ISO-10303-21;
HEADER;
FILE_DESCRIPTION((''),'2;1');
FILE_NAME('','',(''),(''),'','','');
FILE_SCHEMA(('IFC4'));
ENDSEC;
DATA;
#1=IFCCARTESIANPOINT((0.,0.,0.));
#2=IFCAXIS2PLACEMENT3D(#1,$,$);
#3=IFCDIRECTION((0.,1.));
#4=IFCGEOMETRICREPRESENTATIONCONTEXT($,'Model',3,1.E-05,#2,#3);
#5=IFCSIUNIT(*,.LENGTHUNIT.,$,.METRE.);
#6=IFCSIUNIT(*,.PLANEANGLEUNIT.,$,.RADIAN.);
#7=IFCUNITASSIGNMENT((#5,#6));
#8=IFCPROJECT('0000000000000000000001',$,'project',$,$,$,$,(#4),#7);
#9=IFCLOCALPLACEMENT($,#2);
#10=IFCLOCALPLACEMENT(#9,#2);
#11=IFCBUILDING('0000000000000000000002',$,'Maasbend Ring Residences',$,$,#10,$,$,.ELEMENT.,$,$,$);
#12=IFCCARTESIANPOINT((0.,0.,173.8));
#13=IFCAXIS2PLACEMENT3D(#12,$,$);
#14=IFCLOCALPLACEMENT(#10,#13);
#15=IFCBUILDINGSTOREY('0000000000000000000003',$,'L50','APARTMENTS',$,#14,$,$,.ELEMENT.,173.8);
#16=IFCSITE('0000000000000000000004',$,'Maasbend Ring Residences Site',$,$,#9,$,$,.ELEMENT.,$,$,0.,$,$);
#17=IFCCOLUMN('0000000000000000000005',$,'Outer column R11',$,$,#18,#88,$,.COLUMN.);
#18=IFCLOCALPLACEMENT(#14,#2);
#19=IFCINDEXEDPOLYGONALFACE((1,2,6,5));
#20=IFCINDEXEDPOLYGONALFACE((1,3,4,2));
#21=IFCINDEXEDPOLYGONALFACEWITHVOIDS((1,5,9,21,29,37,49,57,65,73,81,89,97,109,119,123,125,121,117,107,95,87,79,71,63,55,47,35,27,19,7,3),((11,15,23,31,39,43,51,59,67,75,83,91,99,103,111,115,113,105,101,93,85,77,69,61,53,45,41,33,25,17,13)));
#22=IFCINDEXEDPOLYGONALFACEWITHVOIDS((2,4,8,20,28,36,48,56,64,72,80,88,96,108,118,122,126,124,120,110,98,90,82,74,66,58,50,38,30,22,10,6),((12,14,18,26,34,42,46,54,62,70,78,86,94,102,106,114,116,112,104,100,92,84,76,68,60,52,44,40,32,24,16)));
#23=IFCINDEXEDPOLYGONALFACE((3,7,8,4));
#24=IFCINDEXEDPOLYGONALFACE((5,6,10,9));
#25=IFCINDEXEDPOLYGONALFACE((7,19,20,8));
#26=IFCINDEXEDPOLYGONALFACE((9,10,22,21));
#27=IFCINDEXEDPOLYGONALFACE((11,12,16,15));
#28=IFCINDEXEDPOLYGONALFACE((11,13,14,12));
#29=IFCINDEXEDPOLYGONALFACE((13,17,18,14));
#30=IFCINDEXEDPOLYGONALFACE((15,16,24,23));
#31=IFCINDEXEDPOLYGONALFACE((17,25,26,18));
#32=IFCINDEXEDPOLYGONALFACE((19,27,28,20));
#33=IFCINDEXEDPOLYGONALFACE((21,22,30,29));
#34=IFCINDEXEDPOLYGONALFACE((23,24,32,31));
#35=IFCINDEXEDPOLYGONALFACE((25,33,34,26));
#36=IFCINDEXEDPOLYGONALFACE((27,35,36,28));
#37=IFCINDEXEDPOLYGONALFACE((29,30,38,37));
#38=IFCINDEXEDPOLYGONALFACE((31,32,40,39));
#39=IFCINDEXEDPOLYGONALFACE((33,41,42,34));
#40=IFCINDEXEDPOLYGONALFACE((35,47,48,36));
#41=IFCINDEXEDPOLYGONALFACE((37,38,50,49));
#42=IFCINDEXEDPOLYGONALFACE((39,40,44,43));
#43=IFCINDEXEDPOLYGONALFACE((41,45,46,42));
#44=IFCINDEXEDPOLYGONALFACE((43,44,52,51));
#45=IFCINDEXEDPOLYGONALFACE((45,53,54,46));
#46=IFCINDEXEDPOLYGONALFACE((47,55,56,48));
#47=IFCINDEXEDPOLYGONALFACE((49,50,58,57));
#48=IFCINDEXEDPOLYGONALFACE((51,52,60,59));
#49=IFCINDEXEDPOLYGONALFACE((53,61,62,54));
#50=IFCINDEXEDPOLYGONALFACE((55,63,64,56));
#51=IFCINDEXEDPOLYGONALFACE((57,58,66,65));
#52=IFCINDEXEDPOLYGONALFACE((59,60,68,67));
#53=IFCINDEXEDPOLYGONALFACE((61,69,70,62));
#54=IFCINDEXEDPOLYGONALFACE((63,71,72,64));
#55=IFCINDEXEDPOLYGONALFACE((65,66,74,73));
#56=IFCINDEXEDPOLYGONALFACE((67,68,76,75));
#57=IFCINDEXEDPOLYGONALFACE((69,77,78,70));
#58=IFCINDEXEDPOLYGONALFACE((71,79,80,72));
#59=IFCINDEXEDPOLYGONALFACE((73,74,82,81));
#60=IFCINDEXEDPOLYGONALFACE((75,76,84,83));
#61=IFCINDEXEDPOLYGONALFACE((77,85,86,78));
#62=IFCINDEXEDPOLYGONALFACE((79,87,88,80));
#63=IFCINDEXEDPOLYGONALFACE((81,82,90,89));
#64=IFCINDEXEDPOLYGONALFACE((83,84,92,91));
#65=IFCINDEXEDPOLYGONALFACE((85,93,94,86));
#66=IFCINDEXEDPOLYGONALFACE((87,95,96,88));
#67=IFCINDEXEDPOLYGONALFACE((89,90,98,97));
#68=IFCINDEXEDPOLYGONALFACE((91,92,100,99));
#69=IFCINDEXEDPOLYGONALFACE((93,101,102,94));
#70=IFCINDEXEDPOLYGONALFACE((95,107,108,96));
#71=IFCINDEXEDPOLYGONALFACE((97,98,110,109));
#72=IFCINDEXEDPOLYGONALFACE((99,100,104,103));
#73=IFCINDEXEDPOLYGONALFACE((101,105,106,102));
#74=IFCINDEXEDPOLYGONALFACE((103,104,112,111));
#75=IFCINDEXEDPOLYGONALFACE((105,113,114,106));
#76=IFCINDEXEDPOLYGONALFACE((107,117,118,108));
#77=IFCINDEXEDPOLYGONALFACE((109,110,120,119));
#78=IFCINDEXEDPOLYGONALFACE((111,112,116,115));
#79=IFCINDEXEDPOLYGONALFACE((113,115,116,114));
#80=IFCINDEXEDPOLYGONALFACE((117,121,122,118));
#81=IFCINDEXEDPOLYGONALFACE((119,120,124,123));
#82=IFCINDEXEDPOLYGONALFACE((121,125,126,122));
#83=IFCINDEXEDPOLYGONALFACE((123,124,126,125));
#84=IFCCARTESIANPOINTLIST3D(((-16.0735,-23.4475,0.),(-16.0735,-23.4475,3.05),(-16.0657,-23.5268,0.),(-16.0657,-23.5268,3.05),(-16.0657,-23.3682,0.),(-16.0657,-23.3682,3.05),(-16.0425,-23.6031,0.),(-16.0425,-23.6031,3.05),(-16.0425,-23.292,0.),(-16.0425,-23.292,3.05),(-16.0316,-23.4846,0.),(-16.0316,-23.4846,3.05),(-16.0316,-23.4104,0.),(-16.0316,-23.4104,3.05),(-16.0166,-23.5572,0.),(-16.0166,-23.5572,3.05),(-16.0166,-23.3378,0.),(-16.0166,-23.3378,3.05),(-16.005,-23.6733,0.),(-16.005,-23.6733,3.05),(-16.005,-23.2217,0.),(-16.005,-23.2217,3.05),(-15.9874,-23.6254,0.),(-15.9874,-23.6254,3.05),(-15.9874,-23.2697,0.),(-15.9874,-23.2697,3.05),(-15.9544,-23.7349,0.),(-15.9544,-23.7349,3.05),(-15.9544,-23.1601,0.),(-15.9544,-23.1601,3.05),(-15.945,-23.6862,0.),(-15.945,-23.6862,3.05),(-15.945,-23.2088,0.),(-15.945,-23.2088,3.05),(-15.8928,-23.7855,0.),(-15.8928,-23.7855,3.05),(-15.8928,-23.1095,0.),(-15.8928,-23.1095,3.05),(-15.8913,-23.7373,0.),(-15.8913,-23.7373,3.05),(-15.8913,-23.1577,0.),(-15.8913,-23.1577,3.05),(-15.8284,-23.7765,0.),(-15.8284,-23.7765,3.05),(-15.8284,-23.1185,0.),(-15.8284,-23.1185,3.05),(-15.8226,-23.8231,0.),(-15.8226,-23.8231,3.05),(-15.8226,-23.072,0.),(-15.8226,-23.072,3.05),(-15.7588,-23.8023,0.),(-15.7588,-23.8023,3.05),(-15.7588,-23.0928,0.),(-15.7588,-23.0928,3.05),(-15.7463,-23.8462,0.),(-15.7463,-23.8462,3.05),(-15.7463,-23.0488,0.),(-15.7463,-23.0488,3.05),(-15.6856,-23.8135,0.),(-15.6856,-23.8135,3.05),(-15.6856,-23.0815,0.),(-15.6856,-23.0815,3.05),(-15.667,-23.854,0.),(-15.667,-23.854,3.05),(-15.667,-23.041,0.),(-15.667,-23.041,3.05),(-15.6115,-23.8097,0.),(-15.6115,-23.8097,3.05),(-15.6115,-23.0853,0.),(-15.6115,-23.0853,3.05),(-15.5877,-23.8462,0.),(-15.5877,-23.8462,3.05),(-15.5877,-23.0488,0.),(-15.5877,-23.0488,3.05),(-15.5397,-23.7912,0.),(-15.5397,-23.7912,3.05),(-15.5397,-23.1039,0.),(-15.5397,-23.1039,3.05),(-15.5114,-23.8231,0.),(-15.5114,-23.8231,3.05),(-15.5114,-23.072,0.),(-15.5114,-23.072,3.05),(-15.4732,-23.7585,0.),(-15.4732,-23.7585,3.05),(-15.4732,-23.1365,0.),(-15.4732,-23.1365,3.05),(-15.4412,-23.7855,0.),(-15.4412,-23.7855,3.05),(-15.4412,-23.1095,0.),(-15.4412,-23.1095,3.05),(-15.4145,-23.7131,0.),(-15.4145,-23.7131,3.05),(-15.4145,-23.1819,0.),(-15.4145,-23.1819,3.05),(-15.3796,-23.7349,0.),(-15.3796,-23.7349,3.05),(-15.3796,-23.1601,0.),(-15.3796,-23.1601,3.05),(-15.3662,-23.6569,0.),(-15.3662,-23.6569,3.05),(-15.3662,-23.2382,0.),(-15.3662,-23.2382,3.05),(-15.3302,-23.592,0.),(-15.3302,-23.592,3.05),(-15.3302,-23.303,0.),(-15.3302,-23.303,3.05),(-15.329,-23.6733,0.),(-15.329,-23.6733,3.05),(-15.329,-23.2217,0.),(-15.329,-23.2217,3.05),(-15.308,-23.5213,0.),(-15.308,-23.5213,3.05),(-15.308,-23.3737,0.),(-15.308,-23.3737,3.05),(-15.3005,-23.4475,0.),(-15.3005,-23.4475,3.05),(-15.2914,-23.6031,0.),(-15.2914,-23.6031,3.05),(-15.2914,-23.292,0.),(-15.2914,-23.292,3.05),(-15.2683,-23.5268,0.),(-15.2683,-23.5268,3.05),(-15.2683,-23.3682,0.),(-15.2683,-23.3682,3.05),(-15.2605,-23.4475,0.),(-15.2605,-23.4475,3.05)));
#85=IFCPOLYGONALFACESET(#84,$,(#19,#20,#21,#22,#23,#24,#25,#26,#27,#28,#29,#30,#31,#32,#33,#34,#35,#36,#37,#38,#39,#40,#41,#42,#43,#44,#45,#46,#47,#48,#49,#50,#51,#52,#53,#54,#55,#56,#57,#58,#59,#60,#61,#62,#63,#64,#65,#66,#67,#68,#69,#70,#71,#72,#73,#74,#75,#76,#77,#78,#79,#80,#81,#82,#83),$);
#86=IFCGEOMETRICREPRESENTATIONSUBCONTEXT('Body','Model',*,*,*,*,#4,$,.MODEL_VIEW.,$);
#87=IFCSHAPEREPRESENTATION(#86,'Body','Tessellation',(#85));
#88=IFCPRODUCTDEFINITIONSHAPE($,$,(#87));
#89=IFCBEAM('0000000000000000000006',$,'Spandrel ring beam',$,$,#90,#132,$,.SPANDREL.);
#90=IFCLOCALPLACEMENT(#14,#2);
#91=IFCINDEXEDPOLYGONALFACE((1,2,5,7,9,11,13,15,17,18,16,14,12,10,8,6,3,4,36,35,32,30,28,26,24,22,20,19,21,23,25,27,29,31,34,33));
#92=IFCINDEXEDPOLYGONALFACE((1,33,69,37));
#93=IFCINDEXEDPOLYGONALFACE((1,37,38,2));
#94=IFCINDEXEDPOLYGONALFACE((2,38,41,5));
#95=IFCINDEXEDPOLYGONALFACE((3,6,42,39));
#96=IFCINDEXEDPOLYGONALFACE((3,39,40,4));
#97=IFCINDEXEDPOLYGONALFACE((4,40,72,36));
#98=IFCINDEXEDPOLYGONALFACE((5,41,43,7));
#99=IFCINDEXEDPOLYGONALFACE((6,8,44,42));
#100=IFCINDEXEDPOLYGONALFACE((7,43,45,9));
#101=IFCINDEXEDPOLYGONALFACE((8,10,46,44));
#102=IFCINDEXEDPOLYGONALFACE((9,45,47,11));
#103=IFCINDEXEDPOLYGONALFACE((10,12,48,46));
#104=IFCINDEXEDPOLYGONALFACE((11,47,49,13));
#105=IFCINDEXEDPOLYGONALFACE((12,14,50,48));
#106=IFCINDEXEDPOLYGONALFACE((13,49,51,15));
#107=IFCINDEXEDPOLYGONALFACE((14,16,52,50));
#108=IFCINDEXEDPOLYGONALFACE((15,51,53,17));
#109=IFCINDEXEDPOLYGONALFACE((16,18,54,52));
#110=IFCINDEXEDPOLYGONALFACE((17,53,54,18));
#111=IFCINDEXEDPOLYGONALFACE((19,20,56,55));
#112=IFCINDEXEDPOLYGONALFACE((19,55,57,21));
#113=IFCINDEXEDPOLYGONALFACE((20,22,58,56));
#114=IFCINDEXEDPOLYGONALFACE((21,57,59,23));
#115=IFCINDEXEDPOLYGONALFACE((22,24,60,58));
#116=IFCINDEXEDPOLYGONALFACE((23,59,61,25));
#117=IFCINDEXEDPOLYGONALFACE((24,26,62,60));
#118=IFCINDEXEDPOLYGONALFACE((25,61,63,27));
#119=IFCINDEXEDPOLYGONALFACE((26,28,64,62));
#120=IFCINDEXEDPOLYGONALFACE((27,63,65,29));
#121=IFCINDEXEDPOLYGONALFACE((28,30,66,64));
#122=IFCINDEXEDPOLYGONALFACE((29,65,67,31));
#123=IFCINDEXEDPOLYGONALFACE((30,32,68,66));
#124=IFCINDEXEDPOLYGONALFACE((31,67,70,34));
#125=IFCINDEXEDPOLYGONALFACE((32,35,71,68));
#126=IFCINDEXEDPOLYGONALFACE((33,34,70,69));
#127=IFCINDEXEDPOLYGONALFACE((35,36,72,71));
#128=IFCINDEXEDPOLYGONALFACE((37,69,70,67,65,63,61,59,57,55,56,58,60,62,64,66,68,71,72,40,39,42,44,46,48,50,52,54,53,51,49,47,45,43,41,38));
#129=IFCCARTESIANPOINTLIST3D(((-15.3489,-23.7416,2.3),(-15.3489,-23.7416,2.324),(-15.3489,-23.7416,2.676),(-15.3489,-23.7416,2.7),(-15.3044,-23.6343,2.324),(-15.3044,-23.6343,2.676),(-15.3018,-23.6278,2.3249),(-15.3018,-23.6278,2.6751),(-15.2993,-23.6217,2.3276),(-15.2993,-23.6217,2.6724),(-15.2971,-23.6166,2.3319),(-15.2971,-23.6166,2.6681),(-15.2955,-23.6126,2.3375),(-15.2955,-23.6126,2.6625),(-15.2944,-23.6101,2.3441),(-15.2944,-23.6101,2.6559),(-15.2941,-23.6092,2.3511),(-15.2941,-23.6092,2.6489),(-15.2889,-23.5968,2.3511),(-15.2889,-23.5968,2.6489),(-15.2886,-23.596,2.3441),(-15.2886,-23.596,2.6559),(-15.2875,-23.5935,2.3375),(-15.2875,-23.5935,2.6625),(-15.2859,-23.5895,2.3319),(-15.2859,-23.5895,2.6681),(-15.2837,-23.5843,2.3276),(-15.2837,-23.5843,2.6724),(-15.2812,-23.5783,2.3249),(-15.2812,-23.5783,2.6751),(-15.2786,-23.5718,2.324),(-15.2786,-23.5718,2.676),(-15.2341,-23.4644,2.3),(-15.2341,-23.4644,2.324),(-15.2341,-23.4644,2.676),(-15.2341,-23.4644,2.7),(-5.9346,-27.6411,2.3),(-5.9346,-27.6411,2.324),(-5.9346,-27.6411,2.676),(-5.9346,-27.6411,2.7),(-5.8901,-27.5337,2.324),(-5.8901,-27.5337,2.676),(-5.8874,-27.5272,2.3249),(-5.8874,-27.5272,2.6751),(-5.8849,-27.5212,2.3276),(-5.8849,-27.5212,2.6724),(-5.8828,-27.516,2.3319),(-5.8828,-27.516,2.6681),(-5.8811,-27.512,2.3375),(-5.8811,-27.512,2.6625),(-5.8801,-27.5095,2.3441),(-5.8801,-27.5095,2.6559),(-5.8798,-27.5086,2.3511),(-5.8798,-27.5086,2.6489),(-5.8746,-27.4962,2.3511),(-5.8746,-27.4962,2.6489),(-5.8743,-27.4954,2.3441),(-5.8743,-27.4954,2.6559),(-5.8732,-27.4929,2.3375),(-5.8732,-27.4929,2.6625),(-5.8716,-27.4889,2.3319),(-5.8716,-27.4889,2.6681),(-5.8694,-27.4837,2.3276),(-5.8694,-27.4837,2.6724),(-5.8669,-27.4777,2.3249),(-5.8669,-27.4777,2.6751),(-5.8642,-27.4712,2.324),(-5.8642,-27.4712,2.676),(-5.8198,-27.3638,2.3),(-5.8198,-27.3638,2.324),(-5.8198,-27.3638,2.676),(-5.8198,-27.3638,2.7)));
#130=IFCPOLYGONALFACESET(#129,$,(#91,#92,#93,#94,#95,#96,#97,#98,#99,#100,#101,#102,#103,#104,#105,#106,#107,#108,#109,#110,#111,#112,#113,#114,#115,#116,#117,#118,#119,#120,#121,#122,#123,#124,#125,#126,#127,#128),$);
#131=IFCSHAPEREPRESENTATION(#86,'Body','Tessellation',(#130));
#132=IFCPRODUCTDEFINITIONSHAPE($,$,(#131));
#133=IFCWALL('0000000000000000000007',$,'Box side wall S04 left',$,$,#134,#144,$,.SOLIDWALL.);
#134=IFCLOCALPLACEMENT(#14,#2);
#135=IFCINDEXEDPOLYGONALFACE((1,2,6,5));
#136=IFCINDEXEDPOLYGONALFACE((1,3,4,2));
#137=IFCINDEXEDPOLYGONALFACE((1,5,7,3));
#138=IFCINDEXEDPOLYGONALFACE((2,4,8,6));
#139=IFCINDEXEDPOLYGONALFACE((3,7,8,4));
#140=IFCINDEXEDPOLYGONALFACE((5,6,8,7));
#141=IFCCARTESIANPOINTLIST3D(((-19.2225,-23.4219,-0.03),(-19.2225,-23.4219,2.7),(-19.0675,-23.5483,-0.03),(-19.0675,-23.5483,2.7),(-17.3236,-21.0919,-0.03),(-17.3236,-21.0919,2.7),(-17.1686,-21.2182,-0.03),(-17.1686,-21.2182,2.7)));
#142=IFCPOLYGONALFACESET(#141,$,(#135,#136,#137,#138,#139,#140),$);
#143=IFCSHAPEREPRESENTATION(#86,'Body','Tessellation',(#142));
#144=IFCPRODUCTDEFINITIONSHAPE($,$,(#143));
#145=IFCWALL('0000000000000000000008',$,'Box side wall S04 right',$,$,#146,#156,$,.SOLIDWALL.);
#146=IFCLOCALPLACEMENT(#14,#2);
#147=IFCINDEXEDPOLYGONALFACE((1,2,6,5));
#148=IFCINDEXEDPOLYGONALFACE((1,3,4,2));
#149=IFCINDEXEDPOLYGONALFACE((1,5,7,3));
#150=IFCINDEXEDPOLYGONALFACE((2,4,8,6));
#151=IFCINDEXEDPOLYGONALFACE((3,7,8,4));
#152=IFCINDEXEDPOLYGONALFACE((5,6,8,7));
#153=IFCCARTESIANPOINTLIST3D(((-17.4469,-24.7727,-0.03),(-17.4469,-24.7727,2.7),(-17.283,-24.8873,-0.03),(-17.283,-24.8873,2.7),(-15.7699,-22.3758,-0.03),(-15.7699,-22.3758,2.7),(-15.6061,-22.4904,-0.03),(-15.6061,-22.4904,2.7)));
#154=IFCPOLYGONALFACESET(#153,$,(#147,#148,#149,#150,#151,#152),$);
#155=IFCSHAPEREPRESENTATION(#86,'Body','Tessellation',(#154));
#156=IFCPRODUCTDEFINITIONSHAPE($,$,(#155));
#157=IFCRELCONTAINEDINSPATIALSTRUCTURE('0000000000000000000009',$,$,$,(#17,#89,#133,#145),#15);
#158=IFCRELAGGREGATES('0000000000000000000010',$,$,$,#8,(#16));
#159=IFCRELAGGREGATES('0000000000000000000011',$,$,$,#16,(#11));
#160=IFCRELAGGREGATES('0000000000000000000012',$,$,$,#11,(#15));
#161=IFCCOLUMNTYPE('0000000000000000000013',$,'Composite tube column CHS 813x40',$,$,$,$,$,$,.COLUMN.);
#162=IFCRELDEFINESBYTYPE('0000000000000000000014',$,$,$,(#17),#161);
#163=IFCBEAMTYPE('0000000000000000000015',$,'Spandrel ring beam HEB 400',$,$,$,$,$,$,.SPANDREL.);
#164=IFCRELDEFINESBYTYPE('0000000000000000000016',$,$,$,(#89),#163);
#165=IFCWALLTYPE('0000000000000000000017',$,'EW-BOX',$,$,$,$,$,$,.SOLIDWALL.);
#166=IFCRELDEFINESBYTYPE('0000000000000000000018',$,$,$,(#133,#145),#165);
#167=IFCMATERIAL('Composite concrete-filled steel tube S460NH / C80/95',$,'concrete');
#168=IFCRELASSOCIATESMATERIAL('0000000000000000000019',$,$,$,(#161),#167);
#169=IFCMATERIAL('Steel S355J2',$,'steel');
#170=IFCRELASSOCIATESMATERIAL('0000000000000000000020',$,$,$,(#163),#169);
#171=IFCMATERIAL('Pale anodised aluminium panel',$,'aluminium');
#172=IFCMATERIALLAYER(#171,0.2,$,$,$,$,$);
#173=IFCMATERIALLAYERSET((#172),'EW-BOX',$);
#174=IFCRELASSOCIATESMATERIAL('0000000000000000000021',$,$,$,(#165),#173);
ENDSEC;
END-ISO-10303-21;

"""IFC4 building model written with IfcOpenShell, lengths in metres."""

from ifc_helpers import new_model, si_unit, direction, frame, frame_2d, origin, origin_2d, place, context, subcontext, project, spatial, rectangle, hollow_circle, i_section, extrude, material, layer, layer_set, material_profile, profile_set, type_object, element, save


model = new_model("IFC4")

# Units and contexts
model_context = context("Model", 3, precision=1e-05, world=origin(), true_north=direction((0.0, 1.0)))
body_context = subcontext(model_context, "Body", "Model", "MODEL_VIEW")
ifc_project = project(units=[si_unit("LENGTHUNIT", "METRE"), si_unit("PLANEANGLEUNIT", "RADIAN")], contexts=[model_context])

# Site, building, storey
site_placement = place(None, origin())
site = spatial("IfcSite", under=ifc_project, at=site_placement, Name="Maasbend Ring Residences Site", CompositionType="ELEMENT", RefElevation=0.0)
building_placement = place(site_placement, origin())
building = spatial("IfcBuilding", under=site, at=building_placement, Name="Maasbend Ring Residences", CompositionType="ELEMENT")
storey_placement = place(building_placement, frame((0.0, 0.0, 173.8)))
storey = spatial("IfcBuildingStorey", under=building, at=storey_placement, Name="L50", Description="APARTMENTS", CompositionType="ELEMENT", Elevation=173.8)

# Column
ifc_material_1 = material(Name="Composite concrete-filled steel tube S460NH / C80/95", Category="concrete")
ifc_material_profile_1 = material_profile(ifc_material_1, hollow_circle(Radius=0.4065, WallThickness=0.04, at=origin_2d()), Name="Composite tube column CHS 813x40")
ifc_profile_set_1 = profile_set([ifc_material_profile_1], Name="Composite concrete-filled steel tube S460NH / C80/95")
column_type = type_object("IfcColumnType", Name="Composite tube column CHS 813x40", PredefinedType="COLUMN", material=ifc_profile_set_1)
column_placement = place(storey_placement, frame((-15.667, -23.4475, 0.0), z_axis=(0.0, 0.0, 1.0), x_axis=(1.0, 0.0, 0.0)))
element("IfcColumn", 1, at=column_placement, inside=storey, type_object=column_type, Name="Outer column R11", PredefinedType="COLUMN", context=body_context, shape_type="SweptSolid", body=[
    extrude(hollow_circle(Radius=0.4065, WallThickness=0.04, at=origin_2d()), origin(), (0.0, 0.0, 1.0), 3.05),
])

# Beam
ifc_material_2 = material(Name="Steel S355J2", Category="steel")
ifc_material_profile_2 = material_profile(ifc_material_2, i_section(OverallWidth=0.3, OverallDepth=0.3999, WebThickness=0.0134, FlangeThickness=0.0239, FilletRadius=0.0271, at=origin_2d()), Name="HEB 400")
ifc_profile_set_2 = profile_set([ifc_material_profile_2], Name="Steel S355J2")
beam_type = type_object("IfcBeamType", Name="Spandrel ring beam HEB 400", PredefinedType="SPANDREL", material=ifc_profile_set_2)
beam_placement = place(storey_placement, frame((-15.2915, -23.603, 2.5), z_axis=(0.923884, -0.382673, 0.0), x_axis=(0.382673, 0.923884, 0.0)))
element("IfcBeam", 2, at=beam_placement, inside=storey, type_object=beam_type, Name="Spandrel ring beam", PredefinedType="SPANDREL", context=body_context, shape_type="SweptSolid", body=[
    extrude(i_section(OverallWidth=0.3, OverallDepth=0.3999, WebThickness=0.0134, FlangeThickness=0.0239, FilletRadius=0.0271, at=origin_2d()), origin(), (0.0, 0.0, 1.0), 10.1899),
])

# Walls
ifc_material_3 = material(Name="Pale anodised aluminium panel", Category="aluminium")
ifc_layer_1 = layer(ifc_material_3, 0.2)
ifc_layer_set_1 = layer_set([ifc_layer_1], Name="EW-BOX")
wall_type_1 = type_object("IfcWallType", Name="EW-BOX", PredefinedType="SOLIDWALL", material=ifc_layer_set_1)
wall_1_placement = place(storey_placement, frame((-17.2461, -21.155, -0.03), z_axis=(0.0, 0.0, 1.0), x_axis=(-0.631742, -0.775179, 0.0)))
element("IfcWall", 3, at=wall_1_placement, inside=storey, type_object=wall_type_1, Name="Box side wall S04 left", PredefinedType="SOLIDWALL", context=body_context, shape_type="SweptSolid", body=[
    extrude(rectangle(XDim=3.0059, YDim=0.2, at=frame_2d((1.5029, 0.0))), origin(), (0.0, 0.0, 1.0), 2.73),
])
wall_2_placement = place(storey_placement, frame((-15.688, -22.4331, -0.03), z_axis=(0.0, 0.0, 1.0), x_axis=(-0.573261, -0.819373, 0.0)))
element("IfcWall", 4, at=wall_2_placement, inside=storey, type_object=wall_type_1, Name="Box side wall S04 right", PredefinedType="SOLIDWALL", context=body_context, shape_type="SweptSolid", body=[
    extrude(rectangle(XDim=2.9253, YDim=0.2, at=frame_2d((1.4626, 0.0))), origin(), (0.0, 0.0, 1.0), 2.73),
])

save(model, "model.ifc")
